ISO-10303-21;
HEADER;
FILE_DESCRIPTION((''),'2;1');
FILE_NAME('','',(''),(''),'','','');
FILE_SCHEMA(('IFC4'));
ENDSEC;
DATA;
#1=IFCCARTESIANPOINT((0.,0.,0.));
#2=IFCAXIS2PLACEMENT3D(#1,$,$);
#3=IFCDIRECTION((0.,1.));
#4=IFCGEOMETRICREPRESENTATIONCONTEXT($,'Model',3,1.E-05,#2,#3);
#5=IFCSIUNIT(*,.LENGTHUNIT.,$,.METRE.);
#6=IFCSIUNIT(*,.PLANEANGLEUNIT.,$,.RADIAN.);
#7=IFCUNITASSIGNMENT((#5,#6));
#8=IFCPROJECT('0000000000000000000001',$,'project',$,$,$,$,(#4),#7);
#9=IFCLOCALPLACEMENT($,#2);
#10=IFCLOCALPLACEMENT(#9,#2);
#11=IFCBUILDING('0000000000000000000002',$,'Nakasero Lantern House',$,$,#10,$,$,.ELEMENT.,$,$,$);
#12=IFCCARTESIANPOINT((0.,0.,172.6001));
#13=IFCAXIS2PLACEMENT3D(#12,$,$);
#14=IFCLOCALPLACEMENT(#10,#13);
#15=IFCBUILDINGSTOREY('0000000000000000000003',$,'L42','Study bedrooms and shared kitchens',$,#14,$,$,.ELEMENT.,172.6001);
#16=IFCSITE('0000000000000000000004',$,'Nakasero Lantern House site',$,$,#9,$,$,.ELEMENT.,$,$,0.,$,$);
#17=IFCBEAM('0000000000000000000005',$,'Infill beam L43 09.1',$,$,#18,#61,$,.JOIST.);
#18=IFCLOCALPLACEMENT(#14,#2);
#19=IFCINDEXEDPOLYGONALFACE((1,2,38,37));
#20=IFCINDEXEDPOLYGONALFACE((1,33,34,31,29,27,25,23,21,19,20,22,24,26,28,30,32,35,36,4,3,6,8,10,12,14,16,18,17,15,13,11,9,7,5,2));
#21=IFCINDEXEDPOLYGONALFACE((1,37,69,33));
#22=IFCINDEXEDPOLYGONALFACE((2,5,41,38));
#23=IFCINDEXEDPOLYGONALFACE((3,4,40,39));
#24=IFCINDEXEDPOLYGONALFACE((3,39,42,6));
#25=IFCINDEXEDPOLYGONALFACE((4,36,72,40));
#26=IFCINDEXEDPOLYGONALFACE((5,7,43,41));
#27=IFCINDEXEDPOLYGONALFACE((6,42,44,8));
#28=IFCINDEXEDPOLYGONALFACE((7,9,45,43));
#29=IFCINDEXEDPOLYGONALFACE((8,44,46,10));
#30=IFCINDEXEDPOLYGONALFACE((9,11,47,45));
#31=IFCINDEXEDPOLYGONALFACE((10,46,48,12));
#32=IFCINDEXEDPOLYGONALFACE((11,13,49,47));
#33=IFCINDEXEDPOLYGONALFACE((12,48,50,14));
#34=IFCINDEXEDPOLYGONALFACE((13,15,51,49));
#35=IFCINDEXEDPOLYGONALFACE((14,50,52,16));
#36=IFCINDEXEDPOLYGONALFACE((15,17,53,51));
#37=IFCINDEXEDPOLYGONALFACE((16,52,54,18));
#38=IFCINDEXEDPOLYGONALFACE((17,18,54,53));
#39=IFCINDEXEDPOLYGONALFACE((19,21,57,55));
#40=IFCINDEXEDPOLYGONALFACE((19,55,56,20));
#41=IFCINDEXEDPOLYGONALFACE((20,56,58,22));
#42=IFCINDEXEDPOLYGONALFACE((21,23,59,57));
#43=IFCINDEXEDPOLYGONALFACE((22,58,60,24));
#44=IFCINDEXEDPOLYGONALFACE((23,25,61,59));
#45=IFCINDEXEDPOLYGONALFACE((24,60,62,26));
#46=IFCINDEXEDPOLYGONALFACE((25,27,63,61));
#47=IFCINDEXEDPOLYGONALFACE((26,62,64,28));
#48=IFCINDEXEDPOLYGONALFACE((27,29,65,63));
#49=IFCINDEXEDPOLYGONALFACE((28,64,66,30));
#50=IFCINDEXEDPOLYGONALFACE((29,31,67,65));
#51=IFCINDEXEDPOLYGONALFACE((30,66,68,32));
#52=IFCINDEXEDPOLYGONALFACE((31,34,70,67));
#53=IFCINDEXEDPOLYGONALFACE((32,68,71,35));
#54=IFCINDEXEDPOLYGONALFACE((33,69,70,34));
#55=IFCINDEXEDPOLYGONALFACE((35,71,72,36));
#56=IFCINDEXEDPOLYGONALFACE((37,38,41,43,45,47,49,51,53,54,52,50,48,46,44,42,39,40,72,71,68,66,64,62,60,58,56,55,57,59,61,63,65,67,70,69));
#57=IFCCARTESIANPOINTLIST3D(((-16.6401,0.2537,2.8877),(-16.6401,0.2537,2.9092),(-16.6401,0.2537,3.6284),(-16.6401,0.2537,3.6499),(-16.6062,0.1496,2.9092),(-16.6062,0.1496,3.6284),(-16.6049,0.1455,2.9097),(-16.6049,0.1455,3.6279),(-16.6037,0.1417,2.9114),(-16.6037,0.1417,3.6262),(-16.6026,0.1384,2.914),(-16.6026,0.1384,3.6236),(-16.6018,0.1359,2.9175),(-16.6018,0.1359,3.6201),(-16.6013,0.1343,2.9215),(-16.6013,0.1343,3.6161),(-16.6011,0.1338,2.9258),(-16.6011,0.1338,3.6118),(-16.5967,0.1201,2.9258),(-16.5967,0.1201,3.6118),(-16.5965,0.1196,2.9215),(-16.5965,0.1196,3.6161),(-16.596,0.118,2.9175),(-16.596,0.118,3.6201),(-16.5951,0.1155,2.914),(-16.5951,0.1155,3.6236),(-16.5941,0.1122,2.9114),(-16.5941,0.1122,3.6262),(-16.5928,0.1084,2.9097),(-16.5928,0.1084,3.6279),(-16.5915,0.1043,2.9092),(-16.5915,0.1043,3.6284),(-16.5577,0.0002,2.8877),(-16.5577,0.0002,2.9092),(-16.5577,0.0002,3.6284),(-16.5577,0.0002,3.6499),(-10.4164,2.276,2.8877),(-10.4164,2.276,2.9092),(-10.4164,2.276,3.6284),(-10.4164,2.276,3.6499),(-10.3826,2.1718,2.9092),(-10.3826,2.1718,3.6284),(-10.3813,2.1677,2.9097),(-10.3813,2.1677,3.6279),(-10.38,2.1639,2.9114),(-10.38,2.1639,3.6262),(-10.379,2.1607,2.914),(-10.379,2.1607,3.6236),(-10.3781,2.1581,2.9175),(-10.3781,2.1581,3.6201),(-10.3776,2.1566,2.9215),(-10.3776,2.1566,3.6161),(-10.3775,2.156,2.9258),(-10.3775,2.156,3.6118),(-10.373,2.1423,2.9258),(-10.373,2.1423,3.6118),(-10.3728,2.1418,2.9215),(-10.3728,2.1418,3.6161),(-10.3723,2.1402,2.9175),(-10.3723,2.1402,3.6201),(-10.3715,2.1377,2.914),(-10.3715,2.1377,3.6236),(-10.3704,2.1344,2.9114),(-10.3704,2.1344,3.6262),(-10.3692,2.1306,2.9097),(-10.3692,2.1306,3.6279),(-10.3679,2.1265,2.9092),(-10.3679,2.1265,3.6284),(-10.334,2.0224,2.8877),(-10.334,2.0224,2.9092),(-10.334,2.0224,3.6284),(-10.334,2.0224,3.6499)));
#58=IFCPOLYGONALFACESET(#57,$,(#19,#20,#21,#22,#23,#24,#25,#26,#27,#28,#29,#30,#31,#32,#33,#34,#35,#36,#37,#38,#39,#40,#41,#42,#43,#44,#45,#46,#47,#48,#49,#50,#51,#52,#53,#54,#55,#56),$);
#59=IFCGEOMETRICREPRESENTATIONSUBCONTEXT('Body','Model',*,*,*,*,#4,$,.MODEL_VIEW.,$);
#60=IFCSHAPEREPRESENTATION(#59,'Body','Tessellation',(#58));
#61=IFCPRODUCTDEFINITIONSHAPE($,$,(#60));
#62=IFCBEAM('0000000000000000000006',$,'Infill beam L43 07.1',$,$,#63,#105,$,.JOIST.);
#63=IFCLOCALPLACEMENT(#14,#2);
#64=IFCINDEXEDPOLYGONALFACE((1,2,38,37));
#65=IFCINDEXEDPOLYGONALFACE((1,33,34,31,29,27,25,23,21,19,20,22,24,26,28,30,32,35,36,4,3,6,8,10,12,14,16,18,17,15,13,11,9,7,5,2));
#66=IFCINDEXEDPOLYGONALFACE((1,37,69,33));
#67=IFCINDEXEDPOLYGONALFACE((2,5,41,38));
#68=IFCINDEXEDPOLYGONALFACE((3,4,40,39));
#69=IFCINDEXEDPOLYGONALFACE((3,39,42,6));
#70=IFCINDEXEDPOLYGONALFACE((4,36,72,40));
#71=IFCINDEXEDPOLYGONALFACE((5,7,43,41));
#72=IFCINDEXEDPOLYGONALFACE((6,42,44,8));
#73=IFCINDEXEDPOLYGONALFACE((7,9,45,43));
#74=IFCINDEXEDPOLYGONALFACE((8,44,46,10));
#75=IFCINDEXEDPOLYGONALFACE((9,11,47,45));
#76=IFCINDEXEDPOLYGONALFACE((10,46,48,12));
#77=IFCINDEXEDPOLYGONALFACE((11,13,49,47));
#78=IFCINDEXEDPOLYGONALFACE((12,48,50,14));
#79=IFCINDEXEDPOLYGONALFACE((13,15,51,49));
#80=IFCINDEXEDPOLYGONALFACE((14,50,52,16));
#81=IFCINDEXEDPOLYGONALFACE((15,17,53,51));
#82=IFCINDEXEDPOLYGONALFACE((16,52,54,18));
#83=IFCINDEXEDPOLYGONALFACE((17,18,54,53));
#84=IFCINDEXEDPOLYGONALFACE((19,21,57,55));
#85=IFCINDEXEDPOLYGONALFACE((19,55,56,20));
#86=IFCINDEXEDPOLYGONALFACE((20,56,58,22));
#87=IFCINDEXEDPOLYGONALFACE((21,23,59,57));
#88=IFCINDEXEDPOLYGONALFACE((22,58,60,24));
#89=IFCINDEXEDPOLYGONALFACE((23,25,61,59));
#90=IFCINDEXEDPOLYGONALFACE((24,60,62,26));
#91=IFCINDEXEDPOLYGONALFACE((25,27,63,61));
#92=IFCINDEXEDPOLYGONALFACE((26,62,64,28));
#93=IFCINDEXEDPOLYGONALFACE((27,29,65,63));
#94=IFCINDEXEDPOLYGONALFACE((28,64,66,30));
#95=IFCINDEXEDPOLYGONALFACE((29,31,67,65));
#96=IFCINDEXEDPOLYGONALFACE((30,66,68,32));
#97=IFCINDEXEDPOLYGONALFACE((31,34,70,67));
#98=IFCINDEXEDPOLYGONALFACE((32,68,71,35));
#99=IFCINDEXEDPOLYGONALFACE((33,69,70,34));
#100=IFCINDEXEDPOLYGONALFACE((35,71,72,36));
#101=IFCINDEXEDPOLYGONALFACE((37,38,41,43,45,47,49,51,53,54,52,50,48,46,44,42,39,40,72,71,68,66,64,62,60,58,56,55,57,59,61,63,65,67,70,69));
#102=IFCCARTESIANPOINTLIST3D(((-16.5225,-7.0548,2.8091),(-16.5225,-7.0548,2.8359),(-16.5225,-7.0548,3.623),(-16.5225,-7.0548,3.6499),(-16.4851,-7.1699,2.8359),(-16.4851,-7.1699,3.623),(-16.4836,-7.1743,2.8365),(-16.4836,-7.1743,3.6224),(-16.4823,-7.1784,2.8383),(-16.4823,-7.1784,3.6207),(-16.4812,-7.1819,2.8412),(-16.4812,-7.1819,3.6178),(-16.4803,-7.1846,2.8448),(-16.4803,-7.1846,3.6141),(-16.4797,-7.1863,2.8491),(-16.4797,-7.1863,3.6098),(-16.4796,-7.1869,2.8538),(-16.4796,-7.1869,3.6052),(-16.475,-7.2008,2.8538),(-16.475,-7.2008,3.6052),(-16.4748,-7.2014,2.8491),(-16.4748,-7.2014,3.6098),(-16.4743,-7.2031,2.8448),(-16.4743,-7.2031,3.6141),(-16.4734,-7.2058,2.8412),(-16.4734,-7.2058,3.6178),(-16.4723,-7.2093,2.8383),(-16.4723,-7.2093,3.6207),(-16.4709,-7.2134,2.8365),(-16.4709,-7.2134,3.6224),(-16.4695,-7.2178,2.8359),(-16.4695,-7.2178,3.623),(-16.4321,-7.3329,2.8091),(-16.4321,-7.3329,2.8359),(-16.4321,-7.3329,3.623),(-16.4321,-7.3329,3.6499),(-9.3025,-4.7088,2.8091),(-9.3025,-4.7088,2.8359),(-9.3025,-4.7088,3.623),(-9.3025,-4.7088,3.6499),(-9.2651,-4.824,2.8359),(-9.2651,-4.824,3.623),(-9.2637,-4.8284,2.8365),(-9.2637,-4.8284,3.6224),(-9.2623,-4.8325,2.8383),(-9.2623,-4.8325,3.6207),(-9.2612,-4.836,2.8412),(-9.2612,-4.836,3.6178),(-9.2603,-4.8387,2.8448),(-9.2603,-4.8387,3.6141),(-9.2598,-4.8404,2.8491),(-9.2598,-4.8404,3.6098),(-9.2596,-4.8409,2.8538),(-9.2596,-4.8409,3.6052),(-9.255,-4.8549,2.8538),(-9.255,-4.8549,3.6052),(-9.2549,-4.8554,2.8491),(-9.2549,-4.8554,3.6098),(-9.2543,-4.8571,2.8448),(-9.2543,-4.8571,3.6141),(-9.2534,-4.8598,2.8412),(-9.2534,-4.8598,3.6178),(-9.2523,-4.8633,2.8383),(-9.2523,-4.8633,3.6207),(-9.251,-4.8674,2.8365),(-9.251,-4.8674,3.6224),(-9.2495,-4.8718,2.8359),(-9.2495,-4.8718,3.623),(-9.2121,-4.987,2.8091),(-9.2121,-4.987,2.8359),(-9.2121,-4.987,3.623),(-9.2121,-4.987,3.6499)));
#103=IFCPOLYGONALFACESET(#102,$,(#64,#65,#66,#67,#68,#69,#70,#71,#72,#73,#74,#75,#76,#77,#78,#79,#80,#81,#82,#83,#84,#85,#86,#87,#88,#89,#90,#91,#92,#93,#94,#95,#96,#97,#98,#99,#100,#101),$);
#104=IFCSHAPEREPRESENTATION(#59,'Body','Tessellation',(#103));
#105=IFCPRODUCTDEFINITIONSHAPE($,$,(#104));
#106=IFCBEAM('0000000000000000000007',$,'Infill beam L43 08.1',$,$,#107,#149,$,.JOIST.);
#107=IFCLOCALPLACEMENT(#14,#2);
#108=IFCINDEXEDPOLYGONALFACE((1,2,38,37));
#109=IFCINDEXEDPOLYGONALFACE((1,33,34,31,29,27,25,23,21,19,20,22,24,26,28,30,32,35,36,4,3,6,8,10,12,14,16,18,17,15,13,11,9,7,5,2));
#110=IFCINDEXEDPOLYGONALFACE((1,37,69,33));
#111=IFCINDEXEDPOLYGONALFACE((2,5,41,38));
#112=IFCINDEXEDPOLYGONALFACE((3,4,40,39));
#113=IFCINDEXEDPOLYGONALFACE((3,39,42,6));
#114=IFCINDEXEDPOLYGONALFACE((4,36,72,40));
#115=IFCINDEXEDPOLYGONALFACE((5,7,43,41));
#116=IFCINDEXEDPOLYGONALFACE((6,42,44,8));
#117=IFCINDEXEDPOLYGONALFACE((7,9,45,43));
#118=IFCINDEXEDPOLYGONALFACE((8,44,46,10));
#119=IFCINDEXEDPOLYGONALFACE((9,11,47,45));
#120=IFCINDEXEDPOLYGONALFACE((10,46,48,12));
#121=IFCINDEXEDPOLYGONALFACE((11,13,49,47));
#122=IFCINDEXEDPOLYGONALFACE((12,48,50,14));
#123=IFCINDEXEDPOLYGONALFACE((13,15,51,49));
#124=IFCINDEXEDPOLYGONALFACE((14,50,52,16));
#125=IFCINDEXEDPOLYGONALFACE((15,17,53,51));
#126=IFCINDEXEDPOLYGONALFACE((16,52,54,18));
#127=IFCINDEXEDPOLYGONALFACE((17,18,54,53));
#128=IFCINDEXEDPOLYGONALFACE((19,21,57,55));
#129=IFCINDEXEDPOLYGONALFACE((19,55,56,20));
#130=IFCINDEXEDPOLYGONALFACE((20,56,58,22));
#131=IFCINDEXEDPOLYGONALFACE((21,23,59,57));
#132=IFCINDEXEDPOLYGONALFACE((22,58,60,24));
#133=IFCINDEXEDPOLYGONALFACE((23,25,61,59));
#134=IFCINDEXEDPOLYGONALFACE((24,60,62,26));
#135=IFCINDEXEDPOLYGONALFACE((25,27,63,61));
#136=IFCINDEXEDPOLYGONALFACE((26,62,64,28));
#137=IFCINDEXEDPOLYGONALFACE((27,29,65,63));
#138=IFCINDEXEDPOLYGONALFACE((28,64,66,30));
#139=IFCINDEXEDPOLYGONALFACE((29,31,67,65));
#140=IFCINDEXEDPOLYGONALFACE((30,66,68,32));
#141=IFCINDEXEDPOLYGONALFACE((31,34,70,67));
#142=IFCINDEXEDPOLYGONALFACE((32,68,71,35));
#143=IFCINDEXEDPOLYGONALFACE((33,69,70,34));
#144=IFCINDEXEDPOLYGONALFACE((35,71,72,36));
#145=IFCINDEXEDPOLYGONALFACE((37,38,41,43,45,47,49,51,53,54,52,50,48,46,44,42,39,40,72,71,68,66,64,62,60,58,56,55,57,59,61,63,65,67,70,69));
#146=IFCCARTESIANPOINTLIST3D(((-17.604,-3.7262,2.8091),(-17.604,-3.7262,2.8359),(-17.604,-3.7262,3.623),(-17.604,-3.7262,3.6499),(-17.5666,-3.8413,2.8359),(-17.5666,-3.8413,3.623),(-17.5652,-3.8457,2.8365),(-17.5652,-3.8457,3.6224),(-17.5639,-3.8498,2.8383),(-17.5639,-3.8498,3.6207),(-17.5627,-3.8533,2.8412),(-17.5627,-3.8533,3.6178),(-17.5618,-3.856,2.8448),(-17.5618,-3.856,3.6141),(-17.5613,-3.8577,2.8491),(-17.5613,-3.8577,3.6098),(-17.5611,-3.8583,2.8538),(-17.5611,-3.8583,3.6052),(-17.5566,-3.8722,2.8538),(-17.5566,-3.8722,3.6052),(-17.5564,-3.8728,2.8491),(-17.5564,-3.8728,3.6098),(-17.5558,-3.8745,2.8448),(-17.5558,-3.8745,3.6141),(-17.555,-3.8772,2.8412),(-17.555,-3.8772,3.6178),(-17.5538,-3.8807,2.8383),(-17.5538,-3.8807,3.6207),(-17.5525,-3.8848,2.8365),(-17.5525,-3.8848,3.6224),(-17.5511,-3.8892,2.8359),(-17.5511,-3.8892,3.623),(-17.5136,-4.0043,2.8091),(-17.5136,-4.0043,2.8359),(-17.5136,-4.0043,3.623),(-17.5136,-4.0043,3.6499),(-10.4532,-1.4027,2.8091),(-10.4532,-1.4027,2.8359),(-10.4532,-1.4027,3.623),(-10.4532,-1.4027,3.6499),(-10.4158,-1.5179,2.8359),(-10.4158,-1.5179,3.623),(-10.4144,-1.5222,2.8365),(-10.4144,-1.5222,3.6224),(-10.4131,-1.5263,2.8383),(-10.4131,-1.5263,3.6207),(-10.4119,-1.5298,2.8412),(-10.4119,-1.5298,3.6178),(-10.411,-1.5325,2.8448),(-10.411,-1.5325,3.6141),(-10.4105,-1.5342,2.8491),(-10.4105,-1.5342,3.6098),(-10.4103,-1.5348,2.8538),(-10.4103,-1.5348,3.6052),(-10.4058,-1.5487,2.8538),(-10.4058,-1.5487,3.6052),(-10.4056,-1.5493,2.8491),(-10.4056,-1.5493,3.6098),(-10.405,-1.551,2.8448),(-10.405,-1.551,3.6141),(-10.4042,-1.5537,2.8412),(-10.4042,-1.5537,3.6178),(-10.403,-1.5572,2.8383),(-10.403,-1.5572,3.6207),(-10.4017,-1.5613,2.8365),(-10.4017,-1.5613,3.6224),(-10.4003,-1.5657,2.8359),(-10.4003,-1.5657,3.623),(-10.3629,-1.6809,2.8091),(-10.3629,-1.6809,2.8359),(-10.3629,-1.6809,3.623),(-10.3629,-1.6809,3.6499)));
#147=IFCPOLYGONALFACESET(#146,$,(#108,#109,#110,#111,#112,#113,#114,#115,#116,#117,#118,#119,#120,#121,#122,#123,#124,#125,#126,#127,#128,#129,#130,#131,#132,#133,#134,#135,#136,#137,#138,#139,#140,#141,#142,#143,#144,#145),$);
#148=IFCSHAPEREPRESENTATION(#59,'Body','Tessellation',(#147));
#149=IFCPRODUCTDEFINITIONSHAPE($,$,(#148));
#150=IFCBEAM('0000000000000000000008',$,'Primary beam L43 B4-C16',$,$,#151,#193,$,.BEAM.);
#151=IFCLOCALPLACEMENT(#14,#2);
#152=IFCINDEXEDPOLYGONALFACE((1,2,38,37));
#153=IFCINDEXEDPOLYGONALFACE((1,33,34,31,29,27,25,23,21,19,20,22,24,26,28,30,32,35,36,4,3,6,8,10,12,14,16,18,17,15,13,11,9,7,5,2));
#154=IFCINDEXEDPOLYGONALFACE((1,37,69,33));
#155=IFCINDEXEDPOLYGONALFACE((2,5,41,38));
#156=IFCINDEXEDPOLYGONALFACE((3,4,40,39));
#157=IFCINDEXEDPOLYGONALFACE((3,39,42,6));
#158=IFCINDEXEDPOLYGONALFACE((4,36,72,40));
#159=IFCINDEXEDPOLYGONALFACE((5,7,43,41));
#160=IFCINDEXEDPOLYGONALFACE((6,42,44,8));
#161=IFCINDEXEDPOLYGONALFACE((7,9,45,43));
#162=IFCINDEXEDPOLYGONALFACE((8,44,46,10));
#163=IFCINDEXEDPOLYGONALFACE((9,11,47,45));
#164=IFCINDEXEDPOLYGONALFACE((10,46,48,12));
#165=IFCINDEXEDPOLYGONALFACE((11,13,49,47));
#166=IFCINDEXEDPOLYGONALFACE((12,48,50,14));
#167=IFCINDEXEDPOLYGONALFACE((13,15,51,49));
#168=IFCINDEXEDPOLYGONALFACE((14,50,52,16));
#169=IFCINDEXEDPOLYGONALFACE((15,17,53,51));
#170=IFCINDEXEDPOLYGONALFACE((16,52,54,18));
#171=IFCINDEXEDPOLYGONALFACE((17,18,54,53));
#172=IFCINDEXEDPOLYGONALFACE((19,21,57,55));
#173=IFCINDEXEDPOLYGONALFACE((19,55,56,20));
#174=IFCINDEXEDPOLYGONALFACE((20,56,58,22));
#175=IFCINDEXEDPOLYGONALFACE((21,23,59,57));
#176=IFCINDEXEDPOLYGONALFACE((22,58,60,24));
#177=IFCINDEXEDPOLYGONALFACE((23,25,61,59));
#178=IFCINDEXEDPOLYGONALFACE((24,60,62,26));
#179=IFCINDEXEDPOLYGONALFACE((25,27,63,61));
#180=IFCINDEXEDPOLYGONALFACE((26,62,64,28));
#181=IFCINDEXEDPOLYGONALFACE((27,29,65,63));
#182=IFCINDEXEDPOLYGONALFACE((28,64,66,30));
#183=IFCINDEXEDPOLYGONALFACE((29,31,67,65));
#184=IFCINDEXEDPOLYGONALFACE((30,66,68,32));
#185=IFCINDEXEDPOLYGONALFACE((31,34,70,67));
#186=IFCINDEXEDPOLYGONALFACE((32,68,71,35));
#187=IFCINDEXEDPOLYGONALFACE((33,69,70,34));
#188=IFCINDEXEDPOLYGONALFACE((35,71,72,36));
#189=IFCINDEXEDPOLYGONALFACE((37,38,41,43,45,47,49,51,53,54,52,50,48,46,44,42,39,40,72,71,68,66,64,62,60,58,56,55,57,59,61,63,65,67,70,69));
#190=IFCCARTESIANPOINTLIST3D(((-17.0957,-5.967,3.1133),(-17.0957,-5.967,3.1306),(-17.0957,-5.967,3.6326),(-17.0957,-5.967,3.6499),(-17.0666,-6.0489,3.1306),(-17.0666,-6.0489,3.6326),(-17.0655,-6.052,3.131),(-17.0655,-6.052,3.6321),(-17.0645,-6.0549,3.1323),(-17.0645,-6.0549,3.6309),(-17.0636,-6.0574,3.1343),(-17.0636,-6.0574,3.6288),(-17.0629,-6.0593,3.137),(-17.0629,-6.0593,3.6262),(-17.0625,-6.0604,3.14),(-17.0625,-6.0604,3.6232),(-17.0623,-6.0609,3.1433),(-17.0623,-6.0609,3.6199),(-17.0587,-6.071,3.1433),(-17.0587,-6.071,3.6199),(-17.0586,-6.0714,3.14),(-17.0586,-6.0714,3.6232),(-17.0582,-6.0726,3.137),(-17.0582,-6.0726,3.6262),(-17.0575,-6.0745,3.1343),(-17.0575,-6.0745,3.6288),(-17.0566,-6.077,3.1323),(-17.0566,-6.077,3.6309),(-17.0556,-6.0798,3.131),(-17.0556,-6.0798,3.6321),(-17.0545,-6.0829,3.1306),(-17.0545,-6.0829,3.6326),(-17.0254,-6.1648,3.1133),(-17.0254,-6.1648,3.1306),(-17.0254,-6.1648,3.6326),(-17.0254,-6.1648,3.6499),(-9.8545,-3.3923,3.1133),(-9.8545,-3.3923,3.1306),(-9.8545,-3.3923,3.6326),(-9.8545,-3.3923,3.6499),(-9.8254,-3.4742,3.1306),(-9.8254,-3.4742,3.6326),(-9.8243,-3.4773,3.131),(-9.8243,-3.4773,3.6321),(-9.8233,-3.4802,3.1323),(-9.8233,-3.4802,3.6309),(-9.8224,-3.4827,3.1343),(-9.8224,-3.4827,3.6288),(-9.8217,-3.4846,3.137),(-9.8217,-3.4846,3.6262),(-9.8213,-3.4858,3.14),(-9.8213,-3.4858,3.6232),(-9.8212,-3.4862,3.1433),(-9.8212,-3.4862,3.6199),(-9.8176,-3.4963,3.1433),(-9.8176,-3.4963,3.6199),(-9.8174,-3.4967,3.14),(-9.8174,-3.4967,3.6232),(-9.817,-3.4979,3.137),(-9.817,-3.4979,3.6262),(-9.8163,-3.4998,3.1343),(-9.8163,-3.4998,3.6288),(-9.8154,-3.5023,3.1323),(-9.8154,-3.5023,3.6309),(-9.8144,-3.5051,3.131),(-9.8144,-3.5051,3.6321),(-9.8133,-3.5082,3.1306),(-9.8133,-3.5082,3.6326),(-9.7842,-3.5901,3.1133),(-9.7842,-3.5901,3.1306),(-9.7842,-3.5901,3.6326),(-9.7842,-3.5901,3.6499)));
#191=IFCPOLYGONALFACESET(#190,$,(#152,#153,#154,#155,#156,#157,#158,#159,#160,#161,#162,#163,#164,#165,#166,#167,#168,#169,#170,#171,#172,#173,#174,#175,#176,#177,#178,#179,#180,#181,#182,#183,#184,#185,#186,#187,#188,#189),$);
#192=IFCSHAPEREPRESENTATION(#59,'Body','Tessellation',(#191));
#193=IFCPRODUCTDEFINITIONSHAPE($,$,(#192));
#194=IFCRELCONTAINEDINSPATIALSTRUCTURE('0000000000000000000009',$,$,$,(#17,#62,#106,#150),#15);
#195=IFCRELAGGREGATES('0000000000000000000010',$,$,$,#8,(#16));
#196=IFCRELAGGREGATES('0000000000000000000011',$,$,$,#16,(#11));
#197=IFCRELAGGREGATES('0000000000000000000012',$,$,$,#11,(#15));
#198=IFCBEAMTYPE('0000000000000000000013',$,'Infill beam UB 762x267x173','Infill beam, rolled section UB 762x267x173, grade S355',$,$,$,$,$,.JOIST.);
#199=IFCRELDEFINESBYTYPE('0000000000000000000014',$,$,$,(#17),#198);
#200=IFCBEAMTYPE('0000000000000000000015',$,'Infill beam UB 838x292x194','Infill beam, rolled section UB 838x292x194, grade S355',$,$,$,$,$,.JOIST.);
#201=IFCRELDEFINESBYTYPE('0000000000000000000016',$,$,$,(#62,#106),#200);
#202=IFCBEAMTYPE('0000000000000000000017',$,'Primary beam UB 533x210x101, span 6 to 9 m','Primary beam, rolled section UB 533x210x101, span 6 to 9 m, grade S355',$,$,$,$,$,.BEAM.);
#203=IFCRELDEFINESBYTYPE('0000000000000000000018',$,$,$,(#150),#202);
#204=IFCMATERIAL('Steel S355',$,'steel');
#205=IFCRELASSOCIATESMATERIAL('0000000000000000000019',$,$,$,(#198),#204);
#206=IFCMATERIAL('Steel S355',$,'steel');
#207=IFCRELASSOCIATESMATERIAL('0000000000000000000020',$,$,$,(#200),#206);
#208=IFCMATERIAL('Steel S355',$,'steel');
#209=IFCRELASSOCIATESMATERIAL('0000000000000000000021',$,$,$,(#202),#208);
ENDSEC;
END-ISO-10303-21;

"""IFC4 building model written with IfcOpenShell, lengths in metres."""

from ifc_helpers import new_model, si_unit, direction, frame, origin, origin_2d, place, context, subcontext, project, spatial, i_section, extrude, material, material_profile, profile_set, type_object, element, save


model = new_model("IFC4")

# Units and contexts
model_context = context("Model", 3, precision=1e-05, world=origin(), true_north=direction((0.0, 1.0)))
body_context = subcontext(model_context, "Body", "Model", "MODEL_VIEW")
ifc_project = project(units=[si_unit("LENGTHUNIT", "METRE"), si_unit("PLANEANGLEUNIT", "RADIAN")], contexts=[model_context])

# Site, building, storey
site_placement = place(None, origin())
site = spatial("IfcSite", under=ifc_project, at=site_placement, Name="Nakasero Lantern House site", CompositionType="ELEMENT", RefElevation=0.0)
building_placement = place(site_placement, origin())
building = spatial("IfcBuilding", under=site, at=building_placement, Name="Nakasero Lantern House", CompositionType="ELEMENT")
storey_placement = place(building_placement, frame((0.0, 0.0, 172.6001)))
storey = spatial("IfcBuildingStorey", under=building, at=storey_placement, Name="L42", Description="Study bedrooms and shared kitchens", CompositionType="ELEMENT", Elevation=172.6001)

# Beams
ifc_material_1 = material(Name="Steel S355", Category="steel")
ifc_material_profile_1 = material_profile(ifc_material_1, i_section(OverallWidth=0.2666, OverallDepth=0.7622, WebThickness=0.0144, FlangeThickness=0.0215, FilletRadius=0.0166, at=origin_2d()), Name="UB 762x267x173")
ifc_profile_set_1 = profile_set([ifc_material_profile_1], Name="Steel S355")
beam_type_1 = type_object("IfcBeamType", Name="Infill beam UB 762x267x173", Description="Infill beam, rolled section UB 762x267x173, grade S355", PredefinedType="JOIST", material=ifc_profile_set_1)
beam_1_placement = place(storey_placement, frame((-16.5989, 0.127, 3.2688), z_axis=(0.951055, 0.309022, 0.0), x_axis=(-0.309022, 0.951055, 0.0)))
element("IfcBeam", 1, at=beam_1_placement, inside=storey, type_object=beam_type_1, Name="Infill beam L43 09.1", PredefinedType="JOIST", context=body_context, shape_type="SweptSolid", body=[
    extrude(i_section(OverallWidth=0.2666, OverallDepth=0.7622, WebThickness=0.0144, FlangeThickness=0.0215, FilletRadius=0.0166, at=origin_2d()), origin(), (0.0, 0.0, 1.0), 6.5439),
])
ifc_material_2 = material(Name="Steel S355", Category="steel")
ifc_material_profile_2 = material_profile(ifc_material_2, i_section(OverallWidth=0.2925, OverallDepth=0.8408, WebThickness=0.0146, FlangeThickness=0.0269, FilletRadius=0.0178, at=origin_2d()), Name="UB 838x292x194")
ifc_profile_set_2 = profile_set([ifc_material_profile_2], Name="Steel S355")
beam_type_2 = type_object("IfcBeamType", Name="Infill beam UB 838x292x194", Description="Infill beam, rolled section UB 838x292x194, grade S355", PredefinedType="JOIST", material=ifc_profile_set_2)
beam_2_placement = place(storey_placement, frame((-16.4773, -7.1938, 3.2295), z_axis=(0.951055, 0.309021, 0.0), x_axis=(-0.309021, 0.951055, 0.0)))
element("IfcBeam", 2, at=beam_2_placement, inside=storey, type_object=beam_type_2, Name="Infill beam L43 07.1", PredefinedType="JOIST", context=body_context, shape_type="SweptSolid", body=[
    extrude(i_section(OverallWidth=0.2925, OverallDepth=0.8408, WebThickness=0.0146, FlangeThickness=0.0269, FilletRadius=0.0178, at=origin_2d()), origin(), (0.0, 0.0, 1.0), 7.5916),
])
beam_3_placement = place(storey_placement, frame((-17.5588, -3.8652, 3.2295), z_axis=(0.951056, 0.30902, 0.0), x_axis=(-0.30902, 0.951056, 0.0)))
element("IfcBeam", 3, at=beam_3_placement, inside=storey, type_object=beam_type_2, Name="Infill beam L43 08.1", PredefinedType="JOIST", context=body_context, shape_type="SweptSolid", body=[
    extrude(i_section(OverallWidth=0.2925, OverallDepth=0.8408, WebThickness=0.0146, FlangeThickness=0.0269, FilletRadius=0.0178, at=origin_2d()), origin(), (0.0, 0.0, 1.0), 7.5188),
])
ifc_material_3 = material(Name="Steel S355", Category="steel")
ifc_material_profile_3 = material_profile(ifc_material_3, i_section(OverallWidth=0.21, OverallDepth=0.5366, WebThickness=0.0107, FlangeThickness=0.0173, FilletRadius=0.0127, at=origin_2d()), Name="UB 533x210x101")
ifc_profile_set_3 = profile_set([ifc_material_profile_3], Name="Steel S355")
beam_type_3 = type_object("IfcBeamType", Name="Primary beam UB 533x210x101, span 6 to 9 m", Description="Primary beam, rolled section UB 533x210x101, span 6 to 9 m, grade S355", PredefinedType="BEAM", material=ifc_profile_set_3)
beam_4_placement = place(storey_placement, frame((-17.0605, -6.0659, 3.3816), z_axis=(0.942212, 0.335016, 0.0), x_axis=(-0.335016, 0.942212, 0.0)))
element("IfcBeam", 4, at=beam_4_placement, inside=storey, type_object=beam_type_3, Name="Primary beam L43 B4-C16", PredefinedType="BEAM", context=body_context, shape_type="SweptSolid", body=[
    extrude(i_section(OverallWidth=0.21, OverallDepth=0.5366, WebThickness=0.0107, FlangeThickness=0.0173, FilletRadius=0.0127, at=origin_2d()), origin(), (0.0, 0.0, 1.0), 7.6853),
])

save(model, "model.ifc")
